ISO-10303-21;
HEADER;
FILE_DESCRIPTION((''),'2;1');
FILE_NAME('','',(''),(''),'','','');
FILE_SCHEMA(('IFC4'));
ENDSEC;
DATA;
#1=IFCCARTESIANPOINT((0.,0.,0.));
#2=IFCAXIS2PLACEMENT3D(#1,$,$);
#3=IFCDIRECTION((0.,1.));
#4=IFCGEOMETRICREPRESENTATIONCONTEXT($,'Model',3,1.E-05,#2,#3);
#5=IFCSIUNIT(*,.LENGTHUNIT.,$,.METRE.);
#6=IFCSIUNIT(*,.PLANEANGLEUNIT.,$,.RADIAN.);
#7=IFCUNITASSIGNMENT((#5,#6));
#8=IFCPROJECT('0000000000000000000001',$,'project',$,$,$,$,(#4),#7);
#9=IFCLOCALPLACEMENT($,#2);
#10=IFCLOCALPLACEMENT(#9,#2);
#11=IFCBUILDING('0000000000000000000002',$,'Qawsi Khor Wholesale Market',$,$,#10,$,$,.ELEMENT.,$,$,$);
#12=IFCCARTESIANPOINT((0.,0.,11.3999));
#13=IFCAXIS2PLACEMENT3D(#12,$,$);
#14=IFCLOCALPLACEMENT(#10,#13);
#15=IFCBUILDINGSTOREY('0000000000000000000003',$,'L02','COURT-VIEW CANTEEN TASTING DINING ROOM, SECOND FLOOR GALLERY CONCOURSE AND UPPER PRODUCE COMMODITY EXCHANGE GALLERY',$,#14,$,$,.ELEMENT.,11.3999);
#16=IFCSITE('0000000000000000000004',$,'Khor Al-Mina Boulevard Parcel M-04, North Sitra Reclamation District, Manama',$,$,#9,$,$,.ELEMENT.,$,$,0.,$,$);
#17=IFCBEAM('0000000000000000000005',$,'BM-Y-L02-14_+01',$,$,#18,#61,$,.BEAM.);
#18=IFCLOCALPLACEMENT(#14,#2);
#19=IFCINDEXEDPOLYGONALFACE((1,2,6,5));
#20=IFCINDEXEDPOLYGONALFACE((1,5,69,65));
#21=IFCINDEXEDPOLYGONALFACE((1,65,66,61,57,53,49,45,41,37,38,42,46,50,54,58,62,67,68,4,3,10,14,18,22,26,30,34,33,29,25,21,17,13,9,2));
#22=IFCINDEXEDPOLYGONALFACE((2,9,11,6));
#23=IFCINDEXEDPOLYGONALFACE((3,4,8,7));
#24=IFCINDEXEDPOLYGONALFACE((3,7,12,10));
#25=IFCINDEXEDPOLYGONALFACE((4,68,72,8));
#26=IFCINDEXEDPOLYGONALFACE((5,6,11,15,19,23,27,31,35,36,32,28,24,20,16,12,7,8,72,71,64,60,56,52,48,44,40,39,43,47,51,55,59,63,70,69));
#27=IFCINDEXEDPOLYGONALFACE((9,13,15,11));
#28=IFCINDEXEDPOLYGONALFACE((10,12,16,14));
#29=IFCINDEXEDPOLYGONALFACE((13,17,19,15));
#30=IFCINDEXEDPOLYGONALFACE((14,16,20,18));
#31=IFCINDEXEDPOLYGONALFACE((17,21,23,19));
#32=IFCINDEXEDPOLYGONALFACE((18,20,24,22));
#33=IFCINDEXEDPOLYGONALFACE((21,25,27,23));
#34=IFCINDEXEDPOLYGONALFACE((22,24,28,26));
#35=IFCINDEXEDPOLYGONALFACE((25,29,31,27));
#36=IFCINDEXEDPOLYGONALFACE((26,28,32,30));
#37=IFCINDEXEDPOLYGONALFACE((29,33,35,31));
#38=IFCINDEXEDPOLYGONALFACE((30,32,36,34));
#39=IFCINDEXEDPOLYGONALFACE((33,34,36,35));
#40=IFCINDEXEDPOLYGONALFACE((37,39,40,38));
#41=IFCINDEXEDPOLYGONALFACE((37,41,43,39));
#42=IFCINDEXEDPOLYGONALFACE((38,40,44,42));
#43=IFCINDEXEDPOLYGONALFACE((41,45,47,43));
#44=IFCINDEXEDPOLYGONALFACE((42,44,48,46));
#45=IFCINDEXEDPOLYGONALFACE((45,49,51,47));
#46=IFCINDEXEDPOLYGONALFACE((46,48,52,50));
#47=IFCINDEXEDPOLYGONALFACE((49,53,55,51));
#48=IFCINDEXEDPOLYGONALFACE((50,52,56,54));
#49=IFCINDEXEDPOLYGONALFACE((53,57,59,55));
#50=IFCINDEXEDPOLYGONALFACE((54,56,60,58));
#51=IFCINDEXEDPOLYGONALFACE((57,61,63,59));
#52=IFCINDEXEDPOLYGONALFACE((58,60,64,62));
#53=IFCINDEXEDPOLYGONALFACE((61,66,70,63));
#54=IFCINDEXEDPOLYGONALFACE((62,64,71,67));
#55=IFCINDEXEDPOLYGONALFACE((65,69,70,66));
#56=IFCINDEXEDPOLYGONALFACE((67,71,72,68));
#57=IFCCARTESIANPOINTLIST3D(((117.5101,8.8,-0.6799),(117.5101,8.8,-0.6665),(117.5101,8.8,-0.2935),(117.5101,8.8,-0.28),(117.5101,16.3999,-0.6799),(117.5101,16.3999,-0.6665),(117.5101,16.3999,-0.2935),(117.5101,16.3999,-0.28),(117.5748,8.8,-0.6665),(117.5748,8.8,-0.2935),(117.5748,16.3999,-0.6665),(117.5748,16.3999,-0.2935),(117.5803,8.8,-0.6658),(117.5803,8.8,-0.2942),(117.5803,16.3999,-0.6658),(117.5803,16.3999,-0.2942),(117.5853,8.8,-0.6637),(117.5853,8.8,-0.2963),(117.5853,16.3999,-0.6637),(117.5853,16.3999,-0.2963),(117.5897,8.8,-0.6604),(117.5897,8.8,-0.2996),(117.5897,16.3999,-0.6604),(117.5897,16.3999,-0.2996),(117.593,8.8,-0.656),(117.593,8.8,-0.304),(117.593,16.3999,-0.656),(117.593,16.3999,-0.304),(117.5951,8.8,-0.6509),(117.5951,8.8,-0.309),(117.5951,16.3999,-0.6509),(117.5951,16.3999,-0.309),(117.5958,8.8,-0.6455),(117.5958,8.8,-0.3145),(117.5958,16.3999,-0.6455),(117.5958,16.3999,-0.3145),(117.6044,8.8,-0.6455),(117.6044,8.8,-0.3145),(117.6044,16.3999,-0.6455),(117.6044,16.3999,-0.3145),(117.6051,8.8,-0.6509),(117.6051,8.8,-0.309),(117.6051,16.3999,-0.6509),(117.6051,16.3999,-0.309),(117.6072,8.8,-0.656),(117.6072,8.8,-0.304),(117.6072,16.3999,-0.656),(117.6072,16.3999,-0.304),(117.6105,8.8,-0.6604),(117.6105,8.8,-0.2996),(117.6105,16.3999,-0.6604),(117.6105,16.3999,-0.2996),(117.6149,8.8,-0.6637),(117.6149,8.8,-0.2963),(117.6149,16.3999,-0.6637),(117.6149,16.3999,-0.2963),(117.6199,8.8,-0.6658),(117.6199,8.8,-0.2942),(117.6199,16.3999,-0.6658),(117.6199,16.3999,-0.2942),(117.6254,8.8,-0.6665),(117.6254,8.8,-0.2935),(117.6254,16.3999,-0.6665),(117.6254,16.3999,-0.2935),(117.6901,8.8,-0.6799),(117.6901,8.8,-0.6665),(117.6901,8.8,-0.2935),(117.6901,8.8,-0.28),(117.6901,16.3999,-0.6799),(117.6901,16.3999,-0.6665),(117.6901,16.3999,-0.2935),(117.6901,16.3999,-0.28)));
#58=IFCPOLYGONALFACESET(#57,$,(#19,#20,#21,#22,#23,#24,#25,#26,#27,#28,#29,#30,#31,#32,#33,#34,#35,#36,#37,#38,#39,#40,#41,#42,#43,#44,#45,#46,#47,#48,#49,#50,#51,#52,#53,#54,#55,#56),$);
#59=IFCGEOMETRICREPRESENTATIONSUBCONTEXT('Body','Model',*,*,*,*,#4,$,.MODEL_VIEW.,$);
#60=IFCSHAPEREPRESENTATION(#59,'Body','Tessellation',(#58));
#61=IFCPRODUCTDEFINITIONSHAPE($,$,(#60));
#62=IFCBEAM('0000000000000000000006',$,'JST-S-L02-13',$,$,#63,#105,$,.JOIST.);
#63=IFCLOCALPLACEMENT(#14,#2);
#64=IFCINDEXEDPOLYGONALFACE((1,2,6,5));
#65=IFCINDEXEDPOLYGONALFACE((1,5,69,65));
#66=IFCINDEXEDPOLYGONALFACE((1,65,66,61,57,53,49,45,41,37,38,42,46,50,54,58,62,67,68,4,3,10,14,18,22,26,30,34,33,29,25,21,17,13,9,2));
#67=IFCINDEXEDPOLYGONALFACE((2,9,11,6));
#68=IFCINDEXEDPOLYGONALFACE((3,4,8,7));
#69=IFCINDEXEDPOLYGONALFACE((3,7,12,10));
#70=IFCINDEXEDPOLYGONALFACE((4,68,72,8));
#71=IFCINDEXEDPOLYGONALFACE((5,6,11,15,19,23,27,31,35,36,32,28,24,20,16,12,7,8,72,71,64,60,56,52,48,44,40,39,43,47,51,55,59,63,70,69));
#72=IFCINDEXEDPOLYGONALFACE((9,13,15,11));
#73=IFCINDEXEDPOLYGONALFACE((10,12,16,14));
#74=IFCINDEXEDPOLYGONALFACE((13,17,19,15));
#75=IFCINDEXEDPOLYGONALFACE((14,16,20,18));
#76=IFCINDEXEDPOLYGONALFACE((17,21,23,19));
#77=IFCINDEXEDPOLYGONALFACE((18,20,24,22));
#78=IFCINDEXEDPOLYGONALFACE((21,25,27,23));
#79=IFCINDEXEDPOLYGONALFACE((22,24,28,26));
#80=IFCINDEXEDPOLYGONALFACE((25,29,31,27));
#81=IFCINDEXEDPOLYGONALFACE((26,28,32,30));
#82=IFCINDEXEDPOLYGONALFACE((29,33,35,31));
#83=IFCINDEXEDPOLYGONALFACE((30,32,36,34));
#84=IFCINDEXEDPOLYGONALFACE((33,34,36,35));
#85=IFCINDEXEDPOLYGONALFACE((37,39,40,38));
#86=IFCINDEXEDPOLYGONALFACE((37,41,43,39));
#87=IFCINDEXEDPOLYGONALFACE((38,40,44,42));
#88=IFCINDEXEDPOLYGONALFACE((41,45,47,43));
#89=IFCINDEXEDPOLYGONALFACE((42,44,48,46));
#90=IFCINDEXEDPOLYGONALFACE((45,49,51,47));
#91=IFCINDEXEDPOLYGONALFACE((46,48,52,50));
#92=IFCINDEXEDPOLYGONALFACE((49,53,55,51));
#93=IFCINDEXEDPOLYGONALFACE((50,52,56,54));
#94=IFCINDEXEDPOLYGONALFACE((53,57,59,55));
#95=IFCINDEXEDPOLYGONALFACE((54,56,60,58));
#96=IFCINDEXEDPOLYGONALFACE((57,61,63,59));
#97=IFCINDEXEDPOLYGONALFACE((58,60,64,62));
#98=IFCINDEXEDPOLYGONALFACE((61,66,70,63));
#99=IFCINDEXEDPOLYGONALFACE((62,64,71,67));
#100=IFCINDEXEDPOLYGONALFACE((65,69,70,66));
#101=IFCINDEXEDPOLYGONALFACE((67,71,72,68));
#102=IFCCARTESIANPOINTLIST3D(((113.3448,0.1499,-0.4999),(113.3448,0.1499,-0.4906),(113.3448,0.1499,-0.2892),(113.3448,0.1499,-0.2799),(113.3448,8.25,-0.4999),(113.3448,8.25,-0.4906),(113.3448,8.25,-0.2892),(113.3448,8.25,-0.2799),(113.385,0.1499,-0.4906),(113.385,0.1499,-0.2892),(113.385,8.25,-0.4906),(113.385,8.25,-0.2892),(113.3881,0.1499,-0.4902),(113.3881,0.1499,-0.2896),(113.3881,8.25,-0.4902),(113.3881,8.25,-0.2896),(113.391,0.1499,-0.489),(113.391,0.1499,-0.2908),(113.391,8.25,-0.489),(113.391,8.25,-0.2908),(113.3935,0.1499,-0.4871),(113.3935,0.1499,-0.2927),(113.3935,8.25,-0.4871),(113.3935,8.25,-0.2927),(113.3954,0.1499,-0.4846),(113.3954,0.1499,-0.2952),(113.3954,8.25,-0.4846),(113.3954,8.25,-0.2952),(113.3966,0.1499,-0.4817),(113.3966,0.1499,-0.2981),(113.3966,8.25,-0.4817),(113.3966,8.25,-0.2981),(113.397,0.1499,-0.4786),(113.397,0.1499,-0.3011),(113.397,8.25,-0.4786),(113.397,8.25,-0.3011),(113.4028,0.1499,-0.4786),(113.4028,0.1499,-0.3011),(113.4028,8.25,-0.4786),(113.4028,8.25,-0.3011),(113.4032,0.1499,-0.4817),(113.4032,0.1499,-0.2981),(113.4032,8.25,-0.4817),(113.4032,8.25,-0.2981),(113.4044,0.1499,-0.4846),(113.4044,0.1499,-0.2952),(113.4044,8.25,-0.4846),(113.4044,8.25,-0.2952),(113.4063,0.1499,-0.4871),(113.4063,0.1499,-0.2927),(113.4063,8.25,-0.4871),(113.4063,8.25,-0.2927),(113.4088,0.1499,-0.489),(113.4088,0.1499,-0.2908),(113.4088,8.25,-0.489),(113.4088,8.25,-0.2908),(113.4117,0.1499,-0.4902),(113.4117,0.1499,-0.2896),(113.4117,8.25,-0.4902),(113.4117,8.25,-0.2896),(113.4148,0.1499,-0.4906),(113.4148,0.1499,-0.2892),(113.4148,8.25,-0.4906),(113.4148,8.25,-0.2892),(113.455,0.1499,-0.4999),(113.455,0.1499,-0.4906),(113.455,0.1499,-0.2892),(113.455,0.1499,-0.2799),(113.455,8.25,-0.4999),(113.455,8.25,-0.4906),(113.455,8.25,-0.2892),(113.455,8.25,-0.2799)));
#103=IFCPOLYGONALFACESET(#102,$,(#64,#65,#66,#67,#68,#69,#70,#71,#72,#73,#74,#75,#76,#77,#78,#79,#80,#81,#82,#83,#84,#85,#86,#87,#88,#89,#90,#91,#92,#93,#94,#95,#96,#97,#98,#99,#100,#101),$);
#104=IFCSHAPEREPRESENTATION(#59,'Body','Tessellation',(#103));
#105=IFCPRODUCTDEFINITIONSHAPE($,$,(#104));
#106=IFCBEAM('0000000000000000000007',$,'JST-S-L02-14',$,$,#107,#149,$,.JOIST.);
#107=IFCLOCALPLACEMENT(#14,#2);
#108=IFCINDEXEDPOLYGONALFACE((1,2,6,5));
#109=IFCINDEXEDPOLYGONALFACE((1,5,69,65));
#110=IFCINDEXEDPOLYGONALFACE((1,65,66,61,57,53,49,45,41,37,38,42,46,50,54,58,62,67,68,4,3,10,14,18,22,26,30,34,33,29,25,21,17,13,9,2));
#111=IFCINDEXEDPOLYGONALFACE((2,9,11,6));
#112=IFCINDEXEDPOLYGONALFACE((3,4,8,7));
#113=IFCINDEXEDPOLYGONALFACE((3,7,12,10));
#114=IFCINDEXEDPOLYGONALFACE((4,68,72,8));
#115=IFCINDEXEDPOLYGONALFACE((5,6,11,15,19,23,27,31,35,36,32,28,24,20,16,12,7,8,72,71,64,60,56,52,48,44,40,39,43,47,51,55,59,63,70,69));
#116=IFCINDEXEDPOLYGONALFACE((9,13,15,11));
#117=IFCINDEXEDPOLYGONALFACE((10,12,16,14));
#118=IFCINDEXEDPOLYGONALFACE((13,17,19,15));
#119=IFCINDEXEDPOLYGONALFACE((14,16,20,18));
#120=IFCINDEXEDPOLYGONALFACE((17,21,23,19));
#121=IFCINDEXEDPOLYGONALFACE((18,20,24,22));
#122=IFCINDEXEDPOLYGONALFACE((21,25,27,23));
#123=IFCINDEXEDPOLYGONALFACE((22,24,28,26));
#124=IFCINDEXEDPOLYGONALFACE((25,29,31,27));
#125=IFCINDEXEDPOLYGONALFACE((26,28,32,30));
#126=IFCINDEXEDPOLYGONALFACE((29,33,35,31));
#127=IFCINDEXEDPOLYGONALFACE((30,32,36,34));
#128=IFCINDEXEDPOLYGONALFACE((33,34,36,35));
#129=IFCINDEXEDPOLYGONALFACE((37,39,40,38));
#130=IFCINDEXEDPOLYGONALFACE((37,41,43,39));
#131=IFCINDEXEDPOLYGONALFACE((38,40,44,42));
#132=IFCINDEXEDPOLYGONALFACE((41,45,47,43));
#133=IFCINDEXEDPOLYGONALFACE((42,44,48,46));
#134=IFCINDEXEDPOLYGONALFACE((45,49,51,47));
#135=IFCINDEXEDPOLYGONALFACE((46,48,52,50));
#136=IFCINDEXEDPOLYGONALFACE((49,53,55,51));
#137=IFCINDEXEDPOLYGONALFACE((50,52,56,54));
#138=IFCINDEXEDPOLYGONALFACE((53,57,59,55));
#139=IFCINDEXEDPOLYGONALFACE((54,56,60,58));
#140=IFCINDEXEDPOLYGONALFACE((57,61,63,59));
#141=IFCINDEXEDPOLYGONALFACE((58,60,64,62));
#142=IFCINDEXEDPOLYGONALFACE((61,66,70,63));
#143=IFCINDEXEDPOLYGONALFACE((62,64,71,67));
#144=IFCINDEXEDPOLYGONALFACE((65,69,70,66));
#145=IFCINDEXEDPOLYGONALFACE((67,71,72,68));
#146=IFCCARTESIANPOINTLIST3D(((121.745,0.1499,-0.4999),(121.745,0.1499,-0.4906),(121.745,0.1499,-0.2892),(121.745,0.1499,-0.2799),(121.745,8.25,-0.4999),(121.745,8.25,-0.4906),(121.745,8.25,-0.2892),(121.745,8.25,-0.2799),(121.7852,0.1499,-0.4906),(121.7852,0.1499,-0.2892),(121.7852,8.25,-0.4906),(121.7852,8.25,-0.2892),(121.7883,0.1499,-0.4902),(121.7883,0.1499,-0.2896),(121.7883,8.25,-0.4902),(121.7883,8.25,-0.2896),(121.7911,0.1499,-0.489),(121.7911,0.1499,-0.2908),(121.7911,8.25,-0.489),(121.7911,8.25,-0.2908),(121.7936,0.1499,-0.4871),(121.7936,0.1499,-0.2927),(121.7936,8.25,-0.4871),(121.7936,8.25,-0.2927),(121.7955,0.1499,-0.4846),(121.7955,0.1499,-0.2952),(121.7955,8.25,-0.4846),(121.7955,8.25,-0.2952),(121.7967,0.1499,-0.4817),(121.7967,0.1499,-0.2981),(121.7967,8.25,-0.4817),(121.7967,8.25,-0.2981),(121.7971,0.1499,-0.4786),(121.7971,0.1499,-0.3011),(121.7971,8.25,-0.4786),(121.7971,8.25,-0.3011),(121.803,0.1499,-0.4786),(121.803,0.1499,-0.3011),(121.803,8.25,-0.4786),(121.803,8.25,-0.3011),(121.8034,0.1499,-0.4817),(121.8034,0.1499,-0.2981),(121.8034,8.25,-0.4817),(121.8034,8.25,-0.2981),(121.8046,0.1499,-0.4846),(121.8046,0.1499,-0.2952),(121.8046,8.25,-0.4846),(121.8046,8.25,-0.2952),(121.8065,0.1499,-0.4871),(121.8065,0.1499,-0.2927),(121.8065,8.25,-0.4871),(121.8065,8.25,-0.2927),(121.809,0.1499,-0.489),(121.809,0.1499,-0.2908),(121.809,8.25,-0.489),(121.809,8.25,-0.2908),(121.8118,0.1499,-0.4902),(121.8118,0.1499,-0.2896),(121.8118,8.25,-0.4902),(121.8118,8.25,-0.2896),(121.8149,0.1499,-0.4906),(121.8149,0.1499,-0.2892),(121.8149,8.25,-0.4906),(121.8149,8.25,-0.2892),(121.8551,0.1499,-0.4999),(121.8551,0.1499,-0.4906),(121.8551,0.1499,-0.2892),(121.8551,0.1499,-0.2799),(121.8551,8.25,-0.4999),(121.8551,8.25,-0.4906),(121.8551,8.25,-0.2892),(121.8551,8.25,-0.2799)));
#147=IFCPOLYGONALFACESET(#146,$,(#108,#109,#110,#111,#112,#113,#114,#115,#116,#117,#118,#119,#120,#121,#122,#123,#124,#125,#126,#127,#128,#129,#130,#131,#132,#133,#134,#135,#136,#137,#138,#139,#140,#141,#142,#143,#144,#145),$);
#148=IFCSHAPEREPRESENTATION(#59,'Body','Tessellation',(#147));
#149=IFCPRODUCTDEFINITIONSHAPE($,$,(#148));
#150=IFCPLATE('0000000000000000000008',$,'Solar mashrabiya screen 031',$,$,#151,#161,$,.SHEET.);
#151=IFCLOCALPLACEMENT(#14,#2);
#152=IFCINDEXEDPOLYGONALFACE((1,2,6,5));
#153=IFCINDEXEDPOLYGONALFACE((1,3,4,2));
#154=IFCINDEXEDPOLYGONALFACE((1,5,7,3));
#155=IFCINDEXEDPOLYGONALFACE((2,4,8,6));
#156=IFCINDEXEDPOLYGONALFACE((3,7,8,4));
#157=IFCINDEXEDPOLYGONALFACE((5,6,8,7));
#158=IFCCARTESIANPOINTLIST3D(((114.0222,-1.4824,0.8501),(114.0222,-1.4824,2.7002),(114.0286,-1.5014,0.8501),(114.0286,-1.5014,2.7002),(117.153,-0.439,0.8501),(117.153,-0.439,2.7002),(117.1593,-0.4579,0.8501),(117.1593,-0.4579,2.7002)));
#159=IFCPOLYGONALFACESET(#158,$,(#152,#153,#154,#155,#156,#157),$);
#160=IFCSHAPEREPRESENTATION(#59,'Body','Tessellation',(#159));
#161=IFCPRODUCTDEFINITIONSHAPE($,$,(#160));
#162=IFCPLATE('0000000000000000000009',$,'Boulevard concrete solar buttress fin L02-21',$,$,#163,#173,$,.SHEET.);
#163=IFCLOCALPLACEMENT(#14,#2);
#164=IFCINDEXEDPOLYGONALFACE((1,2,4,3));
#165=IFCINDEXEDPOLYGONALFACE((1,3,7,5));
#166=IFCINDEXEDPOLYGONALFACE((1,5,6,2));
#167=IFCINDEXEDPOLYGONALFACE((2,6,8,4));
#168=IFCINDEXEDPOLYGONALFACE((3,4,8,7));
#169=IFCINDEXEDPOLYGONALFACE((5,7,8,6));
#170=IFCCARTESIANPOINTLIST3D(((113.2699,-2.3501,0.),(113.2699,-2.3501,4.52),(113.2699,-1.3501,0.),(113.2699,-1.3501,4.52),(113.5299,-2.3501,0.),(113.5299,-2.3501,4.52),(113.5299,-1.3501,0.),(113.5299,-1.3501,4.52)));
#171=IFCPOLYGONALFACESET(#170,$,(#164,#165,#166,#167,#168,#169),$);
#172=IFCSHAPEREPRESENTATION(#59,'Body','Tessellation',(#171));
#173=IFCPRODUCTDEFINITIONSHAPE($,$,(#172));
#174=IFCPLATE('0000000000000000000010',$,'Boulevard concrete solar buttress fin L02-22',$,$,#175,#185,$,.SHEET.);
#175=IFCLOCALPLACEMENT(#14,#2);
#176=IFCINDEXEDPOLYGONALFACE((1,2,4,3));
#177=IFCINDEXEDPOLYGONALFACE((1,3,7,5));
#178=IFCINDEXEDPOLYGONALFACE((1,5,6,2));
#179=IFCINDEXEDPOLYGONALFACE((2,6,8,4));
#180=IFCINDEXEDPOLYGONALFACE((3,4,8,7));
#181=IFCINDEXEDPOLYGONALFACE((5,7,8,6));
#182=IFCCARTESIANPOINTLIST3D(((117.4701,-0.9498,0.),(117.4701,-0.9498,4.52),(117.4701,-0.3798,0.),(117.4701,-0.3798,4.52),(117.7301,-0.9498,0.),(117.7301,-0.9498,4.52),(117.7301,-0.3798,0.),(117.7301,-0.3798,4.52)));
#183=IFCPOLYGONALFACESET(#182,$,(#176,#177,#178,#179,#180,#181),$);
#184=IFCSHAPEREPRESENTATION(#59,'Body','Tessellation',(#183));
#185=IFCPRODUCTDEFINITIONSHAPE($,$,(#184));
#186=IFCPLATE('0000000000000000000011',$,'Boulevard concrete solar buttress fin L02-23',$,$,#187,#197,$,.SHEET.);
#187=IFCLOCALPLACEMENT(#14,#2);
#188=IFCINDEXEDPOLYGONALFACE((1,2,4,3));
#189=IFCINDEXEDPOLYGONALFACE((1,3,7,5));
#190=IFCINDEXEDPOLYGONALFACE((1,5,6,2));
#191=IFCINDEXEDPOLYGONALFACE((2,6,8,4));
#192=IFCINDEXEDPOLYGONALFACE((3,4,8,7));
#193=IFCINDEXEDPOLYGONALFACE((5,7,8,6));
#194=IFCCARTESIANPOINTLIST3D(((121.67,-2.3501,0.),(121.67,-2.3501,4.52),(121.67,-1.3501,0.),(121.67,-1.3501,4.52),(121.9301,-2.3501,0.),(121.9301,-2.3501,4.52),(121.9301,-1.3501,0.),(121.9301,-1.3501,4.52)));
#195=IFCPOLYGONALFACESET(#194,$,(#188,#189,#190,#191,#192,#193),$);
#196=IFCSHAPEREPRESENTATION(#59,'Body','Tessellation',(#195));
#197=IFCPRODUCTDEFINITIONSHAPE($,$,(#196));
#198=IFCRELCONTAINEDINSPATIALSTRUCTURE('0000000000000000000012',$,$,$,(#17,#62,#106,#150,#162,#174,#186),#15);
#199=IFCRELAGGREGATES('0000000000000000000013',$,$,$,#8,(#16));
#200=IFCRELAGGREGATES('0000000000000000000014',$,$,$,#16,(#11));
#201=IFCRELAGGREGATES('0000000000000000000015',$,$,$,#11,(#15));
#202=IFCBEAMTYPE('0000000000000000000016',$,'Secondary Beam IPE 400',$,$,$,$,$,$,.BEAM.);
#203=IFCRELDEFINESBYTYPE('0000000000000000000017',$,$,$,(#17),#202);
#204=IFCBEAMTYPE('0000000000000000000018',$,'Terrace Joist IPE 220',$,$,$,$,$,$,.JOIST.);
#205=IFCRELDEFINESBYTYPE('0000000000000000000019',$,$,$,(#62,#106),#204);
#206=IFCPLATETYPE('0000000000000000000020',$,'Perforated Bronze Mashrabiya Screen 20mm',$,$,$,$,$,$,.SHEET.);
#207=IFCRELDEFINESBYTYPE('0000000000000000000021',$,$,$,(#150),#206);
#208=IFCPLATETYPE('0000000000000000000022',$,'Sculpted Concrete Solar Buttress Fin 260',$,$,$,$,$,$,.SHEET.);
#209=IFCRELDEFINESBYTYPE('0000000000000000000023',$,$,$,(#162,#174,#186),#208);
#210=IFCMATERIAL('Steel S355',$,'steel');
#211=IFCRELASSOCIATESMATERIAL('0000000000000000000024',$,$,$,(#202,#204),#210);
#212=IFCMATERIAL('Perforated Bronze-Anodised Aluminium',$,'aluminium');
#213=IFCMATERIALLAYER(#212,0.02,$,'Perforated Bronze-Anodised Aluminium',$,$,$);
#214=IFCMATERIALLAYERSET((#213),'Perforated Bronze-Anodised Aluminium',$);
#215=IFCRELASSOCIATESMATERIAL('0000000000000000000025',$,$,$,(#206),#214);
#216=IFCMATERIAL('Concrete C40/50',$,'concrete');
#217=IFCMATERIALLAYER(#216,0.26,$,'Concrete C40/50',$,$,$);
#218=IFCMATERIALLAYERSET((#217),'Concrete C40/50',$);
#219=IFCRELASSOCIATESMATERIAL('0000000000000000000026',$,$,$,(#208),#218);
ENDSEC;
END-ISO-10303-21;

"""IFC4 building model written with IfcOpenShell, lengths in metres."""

from ifc_helpers import new_model, si_unit, direction, frame, frame_2d, origin, origin_2d, place, context, subcontext, project, spatial, rectangle, i_section, extrude, material, layer, layer_set, material_profile, profile_set, type_object, element, save


model = new_model("IFC4")

# Units and contexts
model_context = context("Model", 3, precision=1e-05, world=origin(), true_north=direction((0.0, 1.0)))
body_context = subcontext(model_context, "Body", "Model", "MODEL_VIEW")
ifc_project = project(units=[si_unit("LENGTHUNIT", "METRE"), si_unit("PLANEANGLEUNIT", "RADIAN")], contexts=[model_context])

# Site, building, storey
site_placement = place(None, origin())
site = spatial("IfcSite", under=ifc_project, at=site_placement, Name="Khor Al-Mina Boulevard Parcel M-04, North Sitra Reclamation District, Manama", CompositionType="ELEMENT", RefElevation=0.0)
building_placement = place(site_placement, origin())
building = spatial("IfcBuilding", under=site, at=building_placement, Name="Qawsi Khor Wholesale Market", CompositionType="ELEMENT")
storey_placement = place(building_placement, frame((0.0, 0.0, 11.3999)))
storey = spatial("IfcBuildingStorey", under=building, at=storey_placement, Name="L02", Description="COURT-VIEW CANTEEN TASTING DINING ROOM, SECOND FLOOR GALLERY CONCOURSE AND UPPER PRODUCE COMMODITY EXCHANGE GALLERY", CompositionType="ELEMENT", Elevation=11.3999)

# Shared definitions
ifc_material_1 = material(Name="Concrete C40/50", Category="concrete")

# Beams
ifc_material_2 = material(Name="Steel S355", Category="steel")
ifc_material_profile_1 = material_profile(ifc_material_2, i_section(OverallWidth=0.1799, OverallDepth=0.3999, WebThickness=0.0085, FlangeThickness=0.0134, FilletRadius=0.021, at=origin_2d()), Name="IPE 400")
ifc_profile_set_1 = profile_set([ifc_material_profile_1], Name="Steel S355")
beam_type_1 = type_object("IfcBeamType", Name="Secondary Beam IPE 400", PredefinedType="BEAM", material=ifc_profile_set_1)
beam_1_placement = place(storey_placement, frame((117.6001, 8.8, -0.48), z_axis=(0.0, 1.0, 0.0), x_axis=(-1.0, 0.0, 0.0)))
element("IfcBeam", 1, at=beam_1_placement, inside=storey, type_object=beam_type_1, Name="BM-Y-L02-14_+01", PredefinedType="BEAM", context=body_context, shape_type="SweptSolid", body=[
    extrude(i_section(OverallWidth=0.1799, OverallDepth=0.3999, WebThickness=0.0085, FlangeThickness=0.0134, FilletRadius=0.021, at=origin_2d()), origin(), (0.0, 0.0, 1.0), 7.5999),
])
ifc_material_profile_2 = material_profile(ifc_material_2, i_section(OverallWidth=0.1101, OverallDepth=0.22, WebThickness=0.0059, FlangeThickness=0.0093, FilletRadius=0.012, at=origin_2d()), Name="IPE 220")
ifc_profile_set_2 = profile_set([ifc_material_profile_2], Name="Steel S355")
beam_type_2 = type_object("IfcBeamType", Name="Terrace Joist IPE 220", PredefinedType="JOIST", material=ifc_profile_set_2)
for number, where, z_axis, x_axis, name in (
    (2, (113.3999, 0.1499, -0.3899), (0.0, 1.0, 0.0), (-1.0, 0.0, 0.0), "JST-S-L02-13"),
    (3, (121.8, 0.1499, -0.3899), (0.0, 1.0, 0.0), (-1.0, 0.0, 0.0), "JST-S-L02-14"),
):
    element("IfcBeam", number, at=place(storey_placement, frame(where, z_axis=z_axis, x_axis=x_axis)), inside=storey, type_object=beam_type_2, Name=name, PredefinedType="JOIST", context=body_context, shape_type="SweptSolid", body=[
        extrude(i_section(OverallWidth=0.1101, OverallDepth=0.22, WebThickness=0.0059, FlangeThickness=0.0093, FilletRadius=0.012, at=origin_2d()), origin(), (0.0, 0.0, 1.0), 8.1001),
    ])

# Plates
ifc_material_3 = material(Name="Perforated Bronze-Anodised Aluminium", Category="aluminium")
ifc_layer_1 = layer(ifc_material_3, 0.02, Name="Perforated Bronze-Anodised Aluminium")
ifc_layer_set_1 = layer_set([ifc_layer_1], Name="Perforated Bronze-Anodised Aluminium")
plate_type_1 = type_object("IfcPlateType", Name="Perforated Bronze Mashrabiya Screen 20mm", PredefinedType="SHEET", material=ifc_layer_set_1)
plate_1_placement = place(storey_placement, frame((117.156, -0.4485, 0.8501), z_axis=(0.0, 0.0, 1.0), x_axis=(-0.948691, -0.316206, 0.0)))
element("IfcPlate", 4, at=plate_1_placement, inside=storey, type_object=plate_type_1, Name="Solar mashrabiya screen 031", PredefinedType="SHEET", context=body_context, shape_type="SweptSolid", body=[
    extrude(rectangle(XDim=3.3, YDim=0.02, at=frame_2d((1.6499, 0.0))), origin(), (0.0, 0.0, 1.0), 1.8501),
])
ifc_layer_2 = layer(ifc_material_1, 0.26, Name="Concrete C40/50")
ifc_layer_set_2 = layer_set([ifc_layer_2], Name="Concrete C40/50")
plate_type_2 = type_object("IfcPlateType", Name="Sculpted Concrete Solar Buttress Fin 260", PredefinedType="SHEET", material=ifc_layer_set_2)
plate_2_placement = place(storey_placement, frame((113.3999, -2.3501, 0.0), z_axis=(0.0, 0.0, 1.0), x_axis=(0.0, 1.0, 0.0)))
element("IfcPlate", 5, at=plate_2_placement, inside=storey, type_object=plate_type_2, Name="Boulevard concrete solar buttress fin L02-21", PredefinedType="SHEET", context=body_context, shape_type="SweptSolid", body=[
    extrude(rectangle(XDim=1.0, YDim=0.26, at=frame_2d((0.5, 0.0))), origin(), (0.0, 0.0, 1.0), 4.52),
])
plate_3_placement = place(storey_placement, frame((117.6001, -0.95, 0.0), z_axis=(0.0, 0.0, 1.0), x_axis=(0.0, 1.0, 0.0)))
element("IfcPlate", 6, at=plate_3_placement, inside=storey, type_object=plate_type_2, Name="Boulevard concrete solar buttress fin L02-22", PredefinedType="SHEET", context=body_context, shape_type="SweptSolid", body=[
    extrude(rectangle(XDim=0.5701, YDim=0.26, at=frame_2d((0.2852, 0.0))), origin(), (0.0, 0.0, 1.0), 4.52),
])
plate_4_placement = place(storey_placement, frame((121.8, -2.3501, 0.0), z_axis=(0.0, 0.0, 1.0), x_axis=(0.0, 1.0, 0.0)))
element("IfcPlate", 7, at=plate_4_placement, inside=storey, type_object=plate_type_2, Name="Boulevard concrete solar buttress fin L02-23", PredefinedType="SHEET", context=body_context, shape_type="SweptSolid", body=[
    extrude(rectangle(XDim=1.0, YDim=0.26, at=frame_2d((0.5, 0.0))), origin(), (0.0, 0.0, 1.0), 4.52),
])

save(model, "model.ifc")
